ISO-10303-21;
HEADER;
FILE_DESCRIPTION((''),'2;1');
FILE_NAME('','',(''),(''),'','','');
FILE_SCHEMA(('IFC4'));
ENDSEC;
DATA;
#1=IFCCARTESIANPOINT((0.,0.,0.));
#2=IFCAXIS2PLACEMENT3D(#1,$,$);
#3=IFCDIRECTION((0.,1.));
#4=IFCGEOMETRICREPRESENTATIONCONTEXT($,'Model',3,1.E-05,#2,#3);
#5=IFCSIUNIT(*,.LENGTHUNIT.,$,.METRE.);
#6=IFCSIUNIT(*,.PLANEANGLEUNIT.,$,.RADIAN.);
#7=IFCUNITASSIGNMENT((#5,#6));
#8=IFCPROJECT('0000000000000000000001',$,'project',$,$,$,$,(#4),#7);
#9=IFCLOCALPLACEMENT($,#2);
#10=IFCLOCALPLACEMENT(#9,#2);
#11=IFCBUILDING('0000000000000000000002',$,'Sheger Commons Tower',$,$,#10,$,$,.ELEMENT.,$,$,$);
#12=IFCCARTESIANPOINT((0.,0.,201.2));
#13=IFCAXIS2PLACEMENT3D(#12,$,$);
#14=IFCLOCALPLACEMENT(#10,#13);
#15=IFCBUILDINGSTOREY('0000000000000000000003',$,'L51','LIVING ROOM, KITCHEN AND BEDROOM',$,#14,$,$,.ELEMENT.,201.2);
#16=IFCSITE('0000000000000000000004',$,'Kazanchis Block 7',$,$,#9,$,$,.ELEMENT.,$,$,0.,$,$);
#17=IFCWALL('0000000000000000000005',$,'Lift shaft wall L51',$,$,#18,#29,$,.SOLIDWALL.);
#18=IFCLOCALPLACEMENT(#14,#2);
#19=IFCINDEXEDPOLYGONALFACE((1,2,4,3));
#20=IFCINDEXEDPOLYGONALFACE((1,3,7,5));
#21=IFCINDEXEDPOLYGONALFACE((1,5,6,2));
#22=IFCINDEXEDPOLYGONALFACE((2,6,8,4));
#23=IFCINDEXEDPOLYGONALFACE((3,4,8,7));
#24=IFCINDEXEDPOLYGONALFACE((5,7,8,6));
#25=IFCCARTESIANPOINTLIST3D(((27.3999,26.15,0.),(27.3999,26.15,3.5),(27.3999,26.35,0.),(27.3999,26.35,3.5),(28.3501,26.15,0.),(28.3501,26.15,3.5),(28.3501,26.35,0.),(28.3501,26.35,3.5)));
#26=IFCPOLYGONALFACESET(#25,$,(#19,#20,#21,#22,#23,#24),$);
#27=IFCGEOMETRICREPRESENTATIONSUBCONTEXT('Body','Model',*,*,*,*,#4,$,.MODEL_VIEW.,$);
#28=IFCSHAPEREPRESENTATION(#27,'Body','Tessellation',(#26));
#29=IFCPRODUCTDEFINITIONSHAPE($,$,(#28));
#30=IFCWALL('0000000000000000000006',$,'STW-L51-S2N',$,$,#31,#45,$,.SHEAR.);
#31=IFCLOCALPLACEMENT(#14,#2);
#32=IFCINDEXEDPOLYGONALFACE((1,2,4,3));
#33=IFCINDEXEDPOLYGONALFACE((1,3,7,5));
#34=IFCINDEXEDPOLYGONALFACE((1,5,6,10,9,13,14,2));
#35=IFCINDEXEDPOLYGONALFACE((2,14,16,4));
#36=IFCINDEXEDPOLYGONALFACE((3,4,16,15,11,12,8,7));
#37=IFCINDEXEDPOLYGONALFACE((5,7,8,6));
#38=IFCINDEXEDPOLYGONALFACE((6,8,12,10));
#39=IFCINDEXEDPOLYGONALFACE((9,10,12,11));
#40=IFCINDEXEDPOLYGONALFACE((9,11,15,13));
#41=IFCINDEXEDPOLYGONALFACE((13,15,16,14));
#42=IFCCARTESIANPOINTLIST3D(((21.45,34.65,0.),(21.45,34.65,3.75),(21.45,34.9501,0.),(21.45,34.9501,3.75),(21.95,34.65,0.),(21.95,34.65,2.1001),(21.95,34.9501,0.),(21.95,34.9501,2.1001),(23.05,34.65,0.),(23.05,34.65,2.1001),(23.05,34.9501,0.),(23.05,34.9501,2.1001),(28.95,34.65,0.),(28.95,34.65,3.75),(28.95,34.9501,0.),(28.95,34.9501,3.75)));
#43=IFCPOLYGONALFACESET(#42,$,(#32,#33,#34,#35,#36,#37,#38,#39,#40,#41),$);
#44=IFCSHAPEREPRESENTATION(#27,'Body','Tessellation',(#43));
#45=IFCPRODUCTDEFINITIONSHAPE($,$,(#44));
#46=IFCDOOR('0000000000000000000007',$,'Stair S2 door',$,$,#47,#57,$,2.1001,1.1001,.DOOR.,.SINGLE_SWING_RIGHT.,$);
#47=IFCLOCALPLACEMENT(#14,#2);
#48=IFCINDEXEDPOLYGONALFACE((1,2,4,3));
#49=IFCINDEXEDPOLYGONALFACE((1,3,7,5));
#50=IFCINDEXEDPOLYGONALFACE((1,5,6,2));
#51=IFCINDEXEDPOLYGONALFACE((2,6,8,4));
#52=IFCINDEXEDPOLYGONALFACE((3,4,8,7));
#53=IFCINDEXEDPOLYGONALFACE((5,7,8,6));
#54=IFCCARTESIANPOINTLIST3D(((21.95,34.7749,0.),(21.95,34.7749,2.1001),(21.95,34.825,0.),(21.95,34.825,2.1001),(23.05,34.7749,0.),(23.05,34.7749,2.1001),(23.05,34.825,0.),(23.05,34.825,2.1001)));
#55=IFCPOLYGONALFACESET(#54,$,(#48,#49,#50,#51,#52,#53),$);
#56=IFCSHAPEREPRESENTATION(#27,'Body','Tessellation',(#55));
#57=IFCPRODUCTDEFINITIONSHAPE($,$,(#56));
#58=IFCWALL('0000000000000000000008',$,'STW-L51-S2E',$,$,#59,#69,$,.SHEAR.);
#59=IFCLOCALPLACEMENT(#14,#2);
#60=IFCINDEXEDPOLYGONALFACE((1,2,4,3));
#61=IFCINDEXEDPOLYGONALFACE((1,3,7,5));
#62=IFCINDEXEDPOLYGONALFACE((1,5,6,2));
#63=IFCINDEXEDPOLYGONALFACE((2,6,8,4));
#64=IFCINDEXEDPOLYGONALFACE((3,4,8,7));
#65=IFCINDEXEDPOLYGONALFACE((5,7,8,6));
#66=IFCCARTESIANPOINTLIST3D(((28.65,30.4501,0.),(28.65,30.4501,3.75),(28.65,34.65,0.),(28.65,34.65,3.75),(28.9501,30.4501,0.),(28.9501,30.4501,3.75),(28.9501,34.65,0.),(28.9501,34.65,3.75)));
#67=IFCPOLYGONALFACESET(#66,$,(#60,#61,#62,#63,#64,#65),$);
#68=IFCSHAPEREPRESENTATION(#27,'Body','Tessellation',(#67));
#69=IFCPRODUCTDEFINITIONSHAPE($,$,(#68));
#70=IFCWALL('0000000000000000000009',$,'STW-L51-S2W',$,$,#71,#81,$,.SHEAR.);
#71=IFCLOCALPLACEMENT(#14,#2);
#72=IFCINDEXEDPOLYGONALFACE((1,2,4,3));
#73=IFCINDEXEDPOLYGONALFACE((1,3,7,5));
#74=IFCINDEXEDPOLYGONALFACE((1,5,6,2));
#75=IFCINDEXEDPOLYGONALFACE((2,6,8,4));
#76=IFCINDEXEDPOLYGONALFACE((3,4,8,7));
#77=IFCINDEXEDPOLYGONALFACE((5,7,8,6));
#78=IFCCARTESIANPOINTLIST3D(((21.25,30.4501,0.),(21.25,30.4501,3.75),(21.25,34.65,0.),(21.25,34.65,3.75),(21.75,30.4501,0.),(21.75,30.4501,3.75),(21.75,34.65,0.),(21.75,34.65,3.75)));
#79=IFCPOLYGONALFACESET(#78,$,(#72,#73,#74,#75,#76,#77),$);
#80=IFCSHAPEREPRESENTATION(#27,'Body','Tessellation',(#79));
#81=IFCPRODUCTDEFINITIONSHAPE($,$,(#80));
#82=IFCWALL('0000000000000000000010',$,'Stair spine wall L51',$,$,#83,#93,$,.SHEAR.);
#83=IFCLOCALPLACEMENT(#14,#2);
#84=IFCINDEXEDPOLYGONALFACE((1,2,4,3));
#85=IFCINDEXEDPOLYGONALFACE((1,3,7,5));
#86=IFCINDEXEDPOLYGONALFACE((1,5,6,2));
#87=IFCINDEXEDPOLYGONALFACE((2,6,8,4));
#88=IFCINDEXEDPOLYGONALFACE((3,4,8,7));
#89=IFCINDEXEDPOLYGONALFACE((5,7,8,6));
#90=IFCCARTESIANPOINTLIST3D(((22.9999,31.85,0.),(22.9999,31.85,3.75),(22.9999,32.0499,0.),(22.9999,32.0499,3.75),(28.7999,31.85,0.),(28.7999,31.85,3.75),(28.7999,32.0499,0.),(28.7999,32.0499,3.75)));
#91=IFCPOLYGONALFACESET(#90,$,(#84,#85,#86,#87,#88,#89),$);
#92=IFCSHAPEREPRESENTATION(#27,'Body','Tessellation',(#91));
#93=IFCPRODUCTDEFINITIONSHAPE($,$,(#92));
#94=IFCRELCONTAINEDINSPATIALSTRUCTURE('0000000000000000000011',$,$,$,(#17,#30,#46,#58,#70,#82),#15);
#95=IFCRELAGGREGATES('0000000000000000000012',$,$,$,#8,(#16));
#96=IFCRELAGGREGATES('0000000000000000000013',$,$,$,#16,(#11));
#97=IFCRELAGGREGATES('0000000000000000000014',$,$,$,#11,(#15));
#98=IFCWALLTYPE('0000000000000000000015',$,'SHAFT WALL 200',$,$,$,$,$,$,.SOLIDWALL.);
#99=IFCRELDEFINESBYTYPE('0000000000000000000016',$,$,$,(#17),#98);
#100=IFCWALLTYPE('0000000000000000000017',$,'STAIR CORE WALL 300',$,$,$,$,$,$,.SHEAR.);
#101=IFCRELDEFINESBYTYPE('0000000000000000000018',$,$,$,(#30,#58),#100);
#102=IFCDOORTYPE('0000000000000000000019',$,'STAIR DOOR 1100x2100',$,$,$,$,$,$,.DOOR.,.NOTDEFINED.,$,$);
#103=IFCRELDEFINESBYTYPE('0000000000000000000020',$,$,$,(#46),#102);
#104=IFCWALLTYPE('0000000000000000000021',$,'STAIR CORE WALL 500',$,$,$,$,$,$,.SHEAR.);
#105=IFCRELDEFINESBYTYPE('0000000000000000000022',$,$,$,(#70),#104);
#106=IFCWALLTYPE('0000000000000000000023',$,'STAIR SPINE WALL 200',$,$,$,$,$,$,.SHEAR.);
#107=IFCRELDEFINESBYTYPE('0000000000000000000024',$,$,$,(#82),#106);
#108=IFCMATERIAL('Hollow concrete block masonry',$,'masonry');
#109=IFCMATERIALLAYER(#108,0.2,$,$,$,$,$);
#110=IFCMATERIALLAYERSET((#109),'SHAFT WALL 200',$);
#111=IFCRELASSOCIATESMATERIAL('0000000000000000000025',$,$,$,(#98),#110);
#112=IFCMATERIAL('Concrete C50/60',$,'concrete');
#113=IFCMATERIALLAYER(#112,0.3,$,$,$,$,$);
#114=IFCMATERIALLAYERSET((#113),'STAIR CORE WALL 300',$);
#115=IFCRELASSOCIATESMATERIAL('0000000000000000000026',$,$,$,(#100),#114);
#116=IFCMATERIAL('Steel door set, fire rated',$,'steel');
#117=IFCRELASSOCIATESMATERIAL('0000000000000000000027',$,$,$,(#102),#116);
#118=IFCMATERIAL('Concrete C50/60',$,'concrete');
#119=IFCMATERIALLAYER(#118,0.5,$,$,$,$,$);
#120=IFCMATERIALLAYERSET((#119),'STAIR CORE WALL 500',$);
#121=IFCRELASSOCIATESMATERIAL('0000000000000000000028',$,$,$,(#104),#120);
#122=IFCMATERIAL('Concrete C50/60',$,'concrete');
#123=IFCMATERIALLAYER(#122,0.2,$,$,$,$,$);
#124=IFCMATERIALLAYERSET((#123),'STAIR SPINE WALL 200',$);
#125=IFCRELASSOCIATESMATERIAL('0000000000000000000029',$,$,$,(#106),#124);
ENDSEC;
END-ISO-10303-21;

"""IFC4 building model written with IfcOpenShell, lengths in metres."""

from ifc_helpers import new_model, si_unit, direction, frame, frame_2d, origin, place, context, subcontext, project, spatial, rectangle, extrude, material, layer, layer_set, type_object, element, fill, save


model = new_model("IFC4")

# Units and contexts
model_context = context("Model", 3, precision=1e-05, world=origin(), true_north=direction((0.0, 1.0)))
body_context = subcontext(model_context, "Body", "Model", "MODEL_VIEW")
ifc_project = project(units=[si_unit("LENGTHUNIT", "METRE"), si_unit("PLANEANGLEUNIT", "RADIAN")], contexts=[model_context])

# Site, building, storey
site_placement = place(None, origin())
site = spatial("IfcSite", under=ifc_project, at=site_placement, Name="Kazanchis Block 7", CompositionType="ELEMENT", RefElevation=0.0)
building_placement = place(site_placement, origin())
building = spatial("IfcBuilding", under=site, at=building_placement, Name="Sheger Commons Tower", CompositionType="ELEMENT")
storey_placement = place(building_placement, frame((0.0, 0.0, 201.2)))
storey = spatial("IfcBuildingStorey", under=building, at=storey_placement, Name="L51", Description="LIVING ROOM, KITCHEN AND BEDROOM", CompositionType="ELEMENT", Elevation=201.2)

# Wall
ifc_material_1 = material(Name="Hollow concrete block masonry", Category="masonry")
ifc_layer_1 = layer(ifc_material_1, 0.2)
ifc_layer_set_1 = layer_set([ifc_layer_1], Name="SHAFT WALL 200")
wall_type_1 = type_object("IfcWallType", Name="SHAFT WALL 200", PredefinedType="SOLIDWALL", material=ifc_layer_set_1)
wall_1_placement = place(storey_placement, frame((27.3999, 26.25, 0.0), z_axis=(0.0, 0.0, 1.0), x_axis=(1.0, 0.0, 0.0)))
element("IfcWall", 1, at=wall_1_placement, inside=storey, type_object=wall_type_1, Name="Lift shaft wall L51", PredefinedType="SOLIDWALL", context=body_context, shape_type="SweptSolid", body=[
    extrude(rectangle(XDim=0.9502, YDim=0.2, at=frame_2d((0.4751, 0.0))), origin(), (0.0, 0.0, 1.0), 3.5),
])

# Wall, opening, door
ifc_material_2 = material(Name="Concrete C50/60", Category="concrete")
ifc_layer_2 = layer(ifc_material_2, 0.3)
ifc_layer_set_2 = layer_set([ifc_layer_2], Name="STAIR CORE WALL 300")
wall_type_2 = type_object("IfcWallType", Name="STAIR CORE WALL 300", PredefinedType="SHEAR", material=ifc_layer_set_2)
wall_2_placement = place(storey_placement, frame((21.45, 34.8, 0.0), z_axis=(0.0, 0.0, 1.0), x_axis=(1.0, 0.0, 0.0)))
wall_2 = element("IfcWall", 2, at=wall_2_placement, inside=storey, type_object=wall_type_2, Name="STW-L51-S2N", PredefinedType="SHEAR", context=body_context, shape_type="SweptSolid", body=[
    extrude(rectangle(XDim=7.5, YDim=0.3, at=frame_2d((3.75, 0.0))), origin(), (0.0, 0.0, 1.0), 3.75),
])
opening_1_placement = place(wall_2_placement, frame((0.5, 0.0, 0.0)))
opening_1 = element("IfcOpeningElement", 3, at=opening_1_placement, cuts=wall_2, PredefinedType="OPENING", context=body_context, shape_type="SweptSolid", body=[
    extrude(rectangle(XDim=1.1001, YDim=2.1001, at=frame_2d((0.55, 1.05))), frame((0.0, 0.1599, 0.0), z_axis=(0.0, -1.0, 0.0), x_axis=(1.0, 0.0, 0.0)), (0.0, 0.0, 1.0), 0.3201),
])
ifc_material_3 = material(Name="Steel door set, fire rated", Category="steel")
door_type_1 = type_object("IfcDoorType", Name="STAIR DOOR 1100x2100", OperationType="NOTDEFINED", PredefinedType="DOOR", material=ifc_material_3)
door_1_placement = place(opening_1_placement, origin())
door_1 = element("IfcDoor", 4, at=door_1_placement, inside=storey, type_object=door_type_1, Name="Stair S2 door", OperationType="SINGLE_SWING_RIGHT", OverallHeight=2.1001, OverallWidth=1.1001, PredefinedType="DOOR", context=body_context, shape_type="SweptSolid", body=[
    extrude(rectangle(XDim=1.1001, YDim=2.1001, at=frame_2d((0.55, 1.05))), frame((0.0, 0.0249, 0.0), z_axis=(0.0, -1.0, 0.0), x_axis=(1.0, 0.0, 0.0)), (0.0, 0.0, 1.0), 0.05),
])
fill(opening_1, door_1)

# Walls
wall_3_placement = place(storey_placement, frame((28.8, 30.45, 0.0), z_axis=(0.0, 0.0, 1.0), x_axis=(0.0, 1.0, 0.0)))
element("IfcWall", 5, at=wall_3_placement, inside=storey, type_object=wall_type_2, Name="STW-L51-S2E", PredefinedType="SHEAR", context=body_context, shape_type="SweptSolid", body=[
    extrude(rectangle(XDim=4.2, YDim=0.3, at=frame_2d((2.1001, 0.0))), origin(), (0.0, 0.0, 1.0), 3.75),
])
ifc_material_4 = material(Name="Concrete C50/60", Category="concrete")
ifc_layer_3 = layer(ifc_material_4, 0.5)
ifc_layer_set_3 = layer_set([ifc_layer_3], Name="STAIR CORE WALL 500")
wall_type_3 = type_object("IfcWallType", Name="STAIR CORE WALL 500", PredefinedType="SHEAR", material=ifc_layer_set_3)
wall_4_placement = place(storey_placement, frame((21.5, 30.45, 0.0), z_axis=(0.0, 0.0, 1.0), x_axis=(0.0, 1.0, 0.0)))
element("IfcWall", 6, at=wall_4_placement, inside=storey, type_object=wall_type_3, Name="STW-L51-S2W", PredefinedType="SHEAR", context=body_context, shape_type="SweptSolid", body=[
    extrude(rectangle(XDim=4.2, YDim=0.5, at=frame_2d((2.1001, 0.0))), origin(), (0.0, 0.0, 1.0), 3.75),
])
ifc_material_5 = material(Name="Concrete C50/60", Category="concrete")
ifc_layer_4 = layer(ifc_material_5, 0.2)
ifc_layer_set_4 = layer_set([ifc_layer_4], Name="STAIR SPINE WALL 200")
wall_type_4 = type_object("IfcWallType", Name="STAIR SPINE WALL 200", PredefinedType="SHEAR", material=ifc_layer_set_4)
wall_5_placement = place(storey_placement, frame((23.0, 31.95, 0.0), z_axis=(0.0, 0.0, 1.0), x_axis=(1.0, 0.0, 0.0)))
element("IfcWall", 7, at=wall_5_placement, inside=storey, type_object=wall_type_4, Name="Stair spine wall L51", PredefinedType="SHEAR", context=body_context, shape_type="SweptSolid", body=[
    extrude(rectangle(XDim=5.8, YDim=0.2, at=frame_2d((2.8999, 0.0))), origin(), (0.0, 0.0, 1.0), 3.75),
])

save(model, "model.ifc")
